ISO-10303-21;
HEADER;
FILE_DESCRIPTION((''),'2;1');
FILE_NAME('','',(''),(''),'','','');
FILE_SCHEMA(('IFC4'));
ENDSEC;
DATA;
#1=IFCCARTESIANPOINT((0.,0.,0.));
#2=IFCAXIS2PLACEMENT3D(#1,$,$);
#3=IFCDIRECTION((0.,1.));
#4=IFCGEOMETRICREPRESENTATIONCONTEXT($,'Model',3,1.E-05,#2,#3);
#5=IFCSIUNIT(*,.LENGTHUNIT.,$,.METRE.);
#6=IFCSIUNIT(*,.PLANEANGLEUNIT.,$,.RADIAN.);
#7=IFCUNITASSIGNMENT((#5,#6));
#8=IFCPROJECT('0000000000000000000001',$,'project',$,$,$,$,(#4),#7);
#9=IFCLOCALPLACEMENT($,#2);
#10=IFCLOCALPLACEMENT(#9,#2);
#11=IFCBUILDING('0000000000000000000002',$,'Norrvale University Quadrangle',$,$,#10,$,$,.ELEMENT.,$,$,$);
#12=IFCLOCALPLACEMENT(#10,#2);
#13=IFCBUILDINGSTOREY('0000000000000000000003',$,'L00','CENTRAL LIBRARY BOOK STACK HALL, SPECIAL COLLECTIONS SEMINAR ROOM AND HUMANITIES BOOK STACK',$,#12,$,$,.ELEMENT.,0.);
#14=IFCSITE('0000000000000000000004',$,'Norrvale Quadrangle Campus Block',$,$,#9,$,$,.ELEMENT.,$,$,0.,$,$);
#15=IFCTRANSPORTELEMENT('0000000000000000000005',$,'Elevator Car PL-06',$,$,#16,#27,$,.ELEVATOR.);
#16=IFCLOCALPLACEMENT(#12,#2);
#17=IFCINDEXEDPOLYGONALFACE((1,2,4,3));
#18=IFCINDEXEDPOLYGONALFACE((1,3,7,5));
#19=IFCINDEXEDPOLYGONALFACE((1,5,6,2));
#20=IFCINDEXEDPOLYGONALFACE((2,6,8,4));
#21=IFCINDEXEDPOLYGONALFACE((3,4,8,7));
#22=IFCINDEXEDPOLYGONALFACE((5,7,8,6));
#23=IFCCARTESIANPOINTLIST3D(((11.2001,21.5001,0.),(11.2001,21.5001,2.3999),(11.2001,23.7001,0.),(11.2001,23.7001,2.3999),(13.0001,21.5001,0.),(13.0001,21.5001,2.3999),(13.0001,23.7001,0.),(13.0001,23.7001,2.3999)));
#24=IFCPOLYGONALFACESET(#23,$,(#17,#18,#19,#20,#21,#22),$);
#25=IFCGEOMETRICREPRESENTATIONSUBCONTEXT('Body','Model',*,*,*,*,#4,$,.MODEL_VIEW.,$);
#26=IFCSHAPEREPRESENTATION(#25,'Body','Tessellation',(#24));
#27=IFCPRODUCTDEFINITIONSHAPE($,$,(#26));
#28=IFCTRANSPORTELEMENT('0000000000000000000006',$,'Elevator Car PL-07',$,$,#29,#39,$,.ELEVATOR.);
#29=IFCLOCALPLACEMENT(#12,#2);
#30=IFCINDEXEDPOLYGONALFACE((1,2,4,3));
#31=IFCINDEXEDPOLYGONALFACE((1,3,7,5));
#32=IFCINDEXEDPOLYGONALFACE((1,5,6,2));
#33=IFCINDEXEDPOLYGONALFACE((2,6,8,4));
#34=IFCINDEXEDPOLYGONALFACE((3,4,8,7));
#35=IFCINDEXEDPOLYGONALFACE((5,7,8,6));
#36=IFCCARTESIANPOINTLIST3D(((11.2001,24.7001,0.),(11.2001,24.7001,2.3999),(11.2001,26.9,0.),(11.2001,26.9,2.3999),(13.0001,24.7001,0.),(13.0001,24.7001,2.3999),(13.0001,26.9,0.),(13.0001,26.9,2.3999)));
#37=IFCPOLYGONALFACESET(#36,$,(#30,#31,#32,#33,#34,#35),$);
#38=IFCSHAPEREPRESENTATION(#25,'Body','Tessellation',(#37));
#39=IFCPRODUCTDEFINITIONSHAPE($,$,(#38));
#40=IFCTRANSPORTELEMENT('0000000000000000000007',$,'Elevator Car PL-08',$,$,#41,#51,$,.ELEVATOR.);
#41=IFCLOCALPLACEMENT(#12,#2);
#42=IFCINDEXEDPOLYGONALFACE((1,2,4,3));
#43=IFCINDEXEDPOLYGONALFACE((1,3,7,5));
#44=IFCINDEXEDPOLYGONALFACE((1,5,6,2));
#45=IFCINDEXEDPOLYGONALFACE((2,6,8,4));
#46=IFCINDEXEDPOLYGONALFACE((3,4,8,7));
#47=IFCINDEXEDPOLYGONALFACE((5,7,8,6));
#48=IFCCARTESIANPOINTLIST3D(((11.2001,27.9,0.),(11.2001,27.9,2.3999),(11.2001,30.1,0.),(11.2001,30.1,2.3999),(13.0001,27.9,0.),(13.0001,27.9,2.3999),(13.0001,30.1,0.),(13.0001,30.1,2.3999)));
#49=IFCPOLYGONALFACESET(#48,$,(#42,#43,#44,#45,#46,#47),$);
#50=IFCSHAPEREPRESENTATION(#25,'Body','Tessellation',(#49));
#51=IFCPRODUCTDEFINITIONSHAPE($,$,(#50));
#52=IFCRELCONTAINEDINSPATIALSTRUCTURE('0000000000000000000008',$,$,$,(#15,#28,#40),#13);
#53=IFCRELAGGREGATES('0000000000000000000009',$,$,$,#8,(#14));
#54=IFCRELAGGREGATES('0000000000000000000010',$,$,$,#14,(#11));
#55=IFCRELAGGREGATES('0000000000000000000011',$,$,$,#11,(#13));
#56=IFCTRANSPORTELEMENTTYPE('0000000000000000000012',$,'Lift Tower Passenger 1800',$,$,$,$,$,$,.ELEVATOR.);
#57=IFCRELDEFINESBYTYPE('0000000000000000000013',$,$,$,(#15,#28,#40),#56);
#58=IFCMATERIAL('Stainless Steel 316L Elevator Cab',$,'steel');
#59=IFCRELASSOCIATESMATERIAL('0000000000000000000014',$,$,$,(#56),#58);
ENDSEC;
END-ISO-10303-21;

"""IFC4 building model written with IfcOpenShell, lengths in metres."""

from ifc_helpers import new_model, si_unit, direction, frame, origin, origin_2d, place, context, subcontext, project, spatial, rectangle, extrude, material, type_object, element, save


model = new_model("IFC4")

# Units and contexts
model_context = context("Model", 3, precision=1e-05, world=origin(), true_north=direction((0.0, 1.0)))
body_context = subcontext(model_context, "Body", "Model", "MODEL_VIEW")
ifc_project = project(units=[si_unit("LENGTHUNIT", "METRE"), si_unit("PLANEANGLEUNIT", "RADIAN")], contexts=[model_context])

# Site, building, storey
site_placement = place(None, origin())
site = spatial("IfcSite", under=ifc_project, at=site_placement, Name="Norrvale Quadrangle Campus Block", CompositionType="ELEMENT", RefElevation=0.0)
building_placement = place(site_placement, origin())
building = spatial("IfcBuilding", under=site, at=building_placement, Name="Norrvale University Quadrangle", CompositionType="ELEMENT")
storey_placement = place(building_placement, origin())
storey = spatial("IfcBuildingStorey", under=building, at=storey_placement, Name="L00", Description="CENTRAL LIBRARY BOOK STACK HALL, SPECIAL COLLECTIONS SEMINAR ROOM AND HUMANITIES BOOK STACK", CompositionType="ELEMENT", Elevation=0.0)

# Transport elements
ifc_material_1 = material(Name="Stainless Steel 316L Elevator Cab", Category="steel")
transport_element_type = type_object("IfcTransportElementType", Name="Lift Tower Passenger 1800", PredefinedType="ELEVATOR", material=ifc_material_1)
for number, where, z_axis, x_axis, name in (
    (1, (12.1001, 22.6001, 0.0), (0.0, 0.0, 1.0), (1.0, 0.0, 0.0), "Elevator Car PL-06"),
    (2, (12.1001, 25.8, 0.0), (0.0, 0.0, 1.0), (1.0, 0.0, 0.0), "Elevator Car PL-07"),
    (3, (12.1001, 29.0, 0.0), (0.0, 0.0, 1.0), (1.0, 0.0, 0.0), "Elevator Car PL-08"),
):
    element("IfcTransportElement", number, at=place(storey_placement, frame(where, z_axis=z_axis, x_axis=x_axis)), inside=storey, type_object=transport_element_type, Name=name, PredefinedType="ELEVATOR", context=body_context, shape_type="SweptSolid", body=[
        extrude(rectangle(XDim=1.8, YDim=2.2, at=origin_2d()), origin(), (0.0, 0.0, 1.0), 2.3999),
    ])

save(model, "model.ifc")
